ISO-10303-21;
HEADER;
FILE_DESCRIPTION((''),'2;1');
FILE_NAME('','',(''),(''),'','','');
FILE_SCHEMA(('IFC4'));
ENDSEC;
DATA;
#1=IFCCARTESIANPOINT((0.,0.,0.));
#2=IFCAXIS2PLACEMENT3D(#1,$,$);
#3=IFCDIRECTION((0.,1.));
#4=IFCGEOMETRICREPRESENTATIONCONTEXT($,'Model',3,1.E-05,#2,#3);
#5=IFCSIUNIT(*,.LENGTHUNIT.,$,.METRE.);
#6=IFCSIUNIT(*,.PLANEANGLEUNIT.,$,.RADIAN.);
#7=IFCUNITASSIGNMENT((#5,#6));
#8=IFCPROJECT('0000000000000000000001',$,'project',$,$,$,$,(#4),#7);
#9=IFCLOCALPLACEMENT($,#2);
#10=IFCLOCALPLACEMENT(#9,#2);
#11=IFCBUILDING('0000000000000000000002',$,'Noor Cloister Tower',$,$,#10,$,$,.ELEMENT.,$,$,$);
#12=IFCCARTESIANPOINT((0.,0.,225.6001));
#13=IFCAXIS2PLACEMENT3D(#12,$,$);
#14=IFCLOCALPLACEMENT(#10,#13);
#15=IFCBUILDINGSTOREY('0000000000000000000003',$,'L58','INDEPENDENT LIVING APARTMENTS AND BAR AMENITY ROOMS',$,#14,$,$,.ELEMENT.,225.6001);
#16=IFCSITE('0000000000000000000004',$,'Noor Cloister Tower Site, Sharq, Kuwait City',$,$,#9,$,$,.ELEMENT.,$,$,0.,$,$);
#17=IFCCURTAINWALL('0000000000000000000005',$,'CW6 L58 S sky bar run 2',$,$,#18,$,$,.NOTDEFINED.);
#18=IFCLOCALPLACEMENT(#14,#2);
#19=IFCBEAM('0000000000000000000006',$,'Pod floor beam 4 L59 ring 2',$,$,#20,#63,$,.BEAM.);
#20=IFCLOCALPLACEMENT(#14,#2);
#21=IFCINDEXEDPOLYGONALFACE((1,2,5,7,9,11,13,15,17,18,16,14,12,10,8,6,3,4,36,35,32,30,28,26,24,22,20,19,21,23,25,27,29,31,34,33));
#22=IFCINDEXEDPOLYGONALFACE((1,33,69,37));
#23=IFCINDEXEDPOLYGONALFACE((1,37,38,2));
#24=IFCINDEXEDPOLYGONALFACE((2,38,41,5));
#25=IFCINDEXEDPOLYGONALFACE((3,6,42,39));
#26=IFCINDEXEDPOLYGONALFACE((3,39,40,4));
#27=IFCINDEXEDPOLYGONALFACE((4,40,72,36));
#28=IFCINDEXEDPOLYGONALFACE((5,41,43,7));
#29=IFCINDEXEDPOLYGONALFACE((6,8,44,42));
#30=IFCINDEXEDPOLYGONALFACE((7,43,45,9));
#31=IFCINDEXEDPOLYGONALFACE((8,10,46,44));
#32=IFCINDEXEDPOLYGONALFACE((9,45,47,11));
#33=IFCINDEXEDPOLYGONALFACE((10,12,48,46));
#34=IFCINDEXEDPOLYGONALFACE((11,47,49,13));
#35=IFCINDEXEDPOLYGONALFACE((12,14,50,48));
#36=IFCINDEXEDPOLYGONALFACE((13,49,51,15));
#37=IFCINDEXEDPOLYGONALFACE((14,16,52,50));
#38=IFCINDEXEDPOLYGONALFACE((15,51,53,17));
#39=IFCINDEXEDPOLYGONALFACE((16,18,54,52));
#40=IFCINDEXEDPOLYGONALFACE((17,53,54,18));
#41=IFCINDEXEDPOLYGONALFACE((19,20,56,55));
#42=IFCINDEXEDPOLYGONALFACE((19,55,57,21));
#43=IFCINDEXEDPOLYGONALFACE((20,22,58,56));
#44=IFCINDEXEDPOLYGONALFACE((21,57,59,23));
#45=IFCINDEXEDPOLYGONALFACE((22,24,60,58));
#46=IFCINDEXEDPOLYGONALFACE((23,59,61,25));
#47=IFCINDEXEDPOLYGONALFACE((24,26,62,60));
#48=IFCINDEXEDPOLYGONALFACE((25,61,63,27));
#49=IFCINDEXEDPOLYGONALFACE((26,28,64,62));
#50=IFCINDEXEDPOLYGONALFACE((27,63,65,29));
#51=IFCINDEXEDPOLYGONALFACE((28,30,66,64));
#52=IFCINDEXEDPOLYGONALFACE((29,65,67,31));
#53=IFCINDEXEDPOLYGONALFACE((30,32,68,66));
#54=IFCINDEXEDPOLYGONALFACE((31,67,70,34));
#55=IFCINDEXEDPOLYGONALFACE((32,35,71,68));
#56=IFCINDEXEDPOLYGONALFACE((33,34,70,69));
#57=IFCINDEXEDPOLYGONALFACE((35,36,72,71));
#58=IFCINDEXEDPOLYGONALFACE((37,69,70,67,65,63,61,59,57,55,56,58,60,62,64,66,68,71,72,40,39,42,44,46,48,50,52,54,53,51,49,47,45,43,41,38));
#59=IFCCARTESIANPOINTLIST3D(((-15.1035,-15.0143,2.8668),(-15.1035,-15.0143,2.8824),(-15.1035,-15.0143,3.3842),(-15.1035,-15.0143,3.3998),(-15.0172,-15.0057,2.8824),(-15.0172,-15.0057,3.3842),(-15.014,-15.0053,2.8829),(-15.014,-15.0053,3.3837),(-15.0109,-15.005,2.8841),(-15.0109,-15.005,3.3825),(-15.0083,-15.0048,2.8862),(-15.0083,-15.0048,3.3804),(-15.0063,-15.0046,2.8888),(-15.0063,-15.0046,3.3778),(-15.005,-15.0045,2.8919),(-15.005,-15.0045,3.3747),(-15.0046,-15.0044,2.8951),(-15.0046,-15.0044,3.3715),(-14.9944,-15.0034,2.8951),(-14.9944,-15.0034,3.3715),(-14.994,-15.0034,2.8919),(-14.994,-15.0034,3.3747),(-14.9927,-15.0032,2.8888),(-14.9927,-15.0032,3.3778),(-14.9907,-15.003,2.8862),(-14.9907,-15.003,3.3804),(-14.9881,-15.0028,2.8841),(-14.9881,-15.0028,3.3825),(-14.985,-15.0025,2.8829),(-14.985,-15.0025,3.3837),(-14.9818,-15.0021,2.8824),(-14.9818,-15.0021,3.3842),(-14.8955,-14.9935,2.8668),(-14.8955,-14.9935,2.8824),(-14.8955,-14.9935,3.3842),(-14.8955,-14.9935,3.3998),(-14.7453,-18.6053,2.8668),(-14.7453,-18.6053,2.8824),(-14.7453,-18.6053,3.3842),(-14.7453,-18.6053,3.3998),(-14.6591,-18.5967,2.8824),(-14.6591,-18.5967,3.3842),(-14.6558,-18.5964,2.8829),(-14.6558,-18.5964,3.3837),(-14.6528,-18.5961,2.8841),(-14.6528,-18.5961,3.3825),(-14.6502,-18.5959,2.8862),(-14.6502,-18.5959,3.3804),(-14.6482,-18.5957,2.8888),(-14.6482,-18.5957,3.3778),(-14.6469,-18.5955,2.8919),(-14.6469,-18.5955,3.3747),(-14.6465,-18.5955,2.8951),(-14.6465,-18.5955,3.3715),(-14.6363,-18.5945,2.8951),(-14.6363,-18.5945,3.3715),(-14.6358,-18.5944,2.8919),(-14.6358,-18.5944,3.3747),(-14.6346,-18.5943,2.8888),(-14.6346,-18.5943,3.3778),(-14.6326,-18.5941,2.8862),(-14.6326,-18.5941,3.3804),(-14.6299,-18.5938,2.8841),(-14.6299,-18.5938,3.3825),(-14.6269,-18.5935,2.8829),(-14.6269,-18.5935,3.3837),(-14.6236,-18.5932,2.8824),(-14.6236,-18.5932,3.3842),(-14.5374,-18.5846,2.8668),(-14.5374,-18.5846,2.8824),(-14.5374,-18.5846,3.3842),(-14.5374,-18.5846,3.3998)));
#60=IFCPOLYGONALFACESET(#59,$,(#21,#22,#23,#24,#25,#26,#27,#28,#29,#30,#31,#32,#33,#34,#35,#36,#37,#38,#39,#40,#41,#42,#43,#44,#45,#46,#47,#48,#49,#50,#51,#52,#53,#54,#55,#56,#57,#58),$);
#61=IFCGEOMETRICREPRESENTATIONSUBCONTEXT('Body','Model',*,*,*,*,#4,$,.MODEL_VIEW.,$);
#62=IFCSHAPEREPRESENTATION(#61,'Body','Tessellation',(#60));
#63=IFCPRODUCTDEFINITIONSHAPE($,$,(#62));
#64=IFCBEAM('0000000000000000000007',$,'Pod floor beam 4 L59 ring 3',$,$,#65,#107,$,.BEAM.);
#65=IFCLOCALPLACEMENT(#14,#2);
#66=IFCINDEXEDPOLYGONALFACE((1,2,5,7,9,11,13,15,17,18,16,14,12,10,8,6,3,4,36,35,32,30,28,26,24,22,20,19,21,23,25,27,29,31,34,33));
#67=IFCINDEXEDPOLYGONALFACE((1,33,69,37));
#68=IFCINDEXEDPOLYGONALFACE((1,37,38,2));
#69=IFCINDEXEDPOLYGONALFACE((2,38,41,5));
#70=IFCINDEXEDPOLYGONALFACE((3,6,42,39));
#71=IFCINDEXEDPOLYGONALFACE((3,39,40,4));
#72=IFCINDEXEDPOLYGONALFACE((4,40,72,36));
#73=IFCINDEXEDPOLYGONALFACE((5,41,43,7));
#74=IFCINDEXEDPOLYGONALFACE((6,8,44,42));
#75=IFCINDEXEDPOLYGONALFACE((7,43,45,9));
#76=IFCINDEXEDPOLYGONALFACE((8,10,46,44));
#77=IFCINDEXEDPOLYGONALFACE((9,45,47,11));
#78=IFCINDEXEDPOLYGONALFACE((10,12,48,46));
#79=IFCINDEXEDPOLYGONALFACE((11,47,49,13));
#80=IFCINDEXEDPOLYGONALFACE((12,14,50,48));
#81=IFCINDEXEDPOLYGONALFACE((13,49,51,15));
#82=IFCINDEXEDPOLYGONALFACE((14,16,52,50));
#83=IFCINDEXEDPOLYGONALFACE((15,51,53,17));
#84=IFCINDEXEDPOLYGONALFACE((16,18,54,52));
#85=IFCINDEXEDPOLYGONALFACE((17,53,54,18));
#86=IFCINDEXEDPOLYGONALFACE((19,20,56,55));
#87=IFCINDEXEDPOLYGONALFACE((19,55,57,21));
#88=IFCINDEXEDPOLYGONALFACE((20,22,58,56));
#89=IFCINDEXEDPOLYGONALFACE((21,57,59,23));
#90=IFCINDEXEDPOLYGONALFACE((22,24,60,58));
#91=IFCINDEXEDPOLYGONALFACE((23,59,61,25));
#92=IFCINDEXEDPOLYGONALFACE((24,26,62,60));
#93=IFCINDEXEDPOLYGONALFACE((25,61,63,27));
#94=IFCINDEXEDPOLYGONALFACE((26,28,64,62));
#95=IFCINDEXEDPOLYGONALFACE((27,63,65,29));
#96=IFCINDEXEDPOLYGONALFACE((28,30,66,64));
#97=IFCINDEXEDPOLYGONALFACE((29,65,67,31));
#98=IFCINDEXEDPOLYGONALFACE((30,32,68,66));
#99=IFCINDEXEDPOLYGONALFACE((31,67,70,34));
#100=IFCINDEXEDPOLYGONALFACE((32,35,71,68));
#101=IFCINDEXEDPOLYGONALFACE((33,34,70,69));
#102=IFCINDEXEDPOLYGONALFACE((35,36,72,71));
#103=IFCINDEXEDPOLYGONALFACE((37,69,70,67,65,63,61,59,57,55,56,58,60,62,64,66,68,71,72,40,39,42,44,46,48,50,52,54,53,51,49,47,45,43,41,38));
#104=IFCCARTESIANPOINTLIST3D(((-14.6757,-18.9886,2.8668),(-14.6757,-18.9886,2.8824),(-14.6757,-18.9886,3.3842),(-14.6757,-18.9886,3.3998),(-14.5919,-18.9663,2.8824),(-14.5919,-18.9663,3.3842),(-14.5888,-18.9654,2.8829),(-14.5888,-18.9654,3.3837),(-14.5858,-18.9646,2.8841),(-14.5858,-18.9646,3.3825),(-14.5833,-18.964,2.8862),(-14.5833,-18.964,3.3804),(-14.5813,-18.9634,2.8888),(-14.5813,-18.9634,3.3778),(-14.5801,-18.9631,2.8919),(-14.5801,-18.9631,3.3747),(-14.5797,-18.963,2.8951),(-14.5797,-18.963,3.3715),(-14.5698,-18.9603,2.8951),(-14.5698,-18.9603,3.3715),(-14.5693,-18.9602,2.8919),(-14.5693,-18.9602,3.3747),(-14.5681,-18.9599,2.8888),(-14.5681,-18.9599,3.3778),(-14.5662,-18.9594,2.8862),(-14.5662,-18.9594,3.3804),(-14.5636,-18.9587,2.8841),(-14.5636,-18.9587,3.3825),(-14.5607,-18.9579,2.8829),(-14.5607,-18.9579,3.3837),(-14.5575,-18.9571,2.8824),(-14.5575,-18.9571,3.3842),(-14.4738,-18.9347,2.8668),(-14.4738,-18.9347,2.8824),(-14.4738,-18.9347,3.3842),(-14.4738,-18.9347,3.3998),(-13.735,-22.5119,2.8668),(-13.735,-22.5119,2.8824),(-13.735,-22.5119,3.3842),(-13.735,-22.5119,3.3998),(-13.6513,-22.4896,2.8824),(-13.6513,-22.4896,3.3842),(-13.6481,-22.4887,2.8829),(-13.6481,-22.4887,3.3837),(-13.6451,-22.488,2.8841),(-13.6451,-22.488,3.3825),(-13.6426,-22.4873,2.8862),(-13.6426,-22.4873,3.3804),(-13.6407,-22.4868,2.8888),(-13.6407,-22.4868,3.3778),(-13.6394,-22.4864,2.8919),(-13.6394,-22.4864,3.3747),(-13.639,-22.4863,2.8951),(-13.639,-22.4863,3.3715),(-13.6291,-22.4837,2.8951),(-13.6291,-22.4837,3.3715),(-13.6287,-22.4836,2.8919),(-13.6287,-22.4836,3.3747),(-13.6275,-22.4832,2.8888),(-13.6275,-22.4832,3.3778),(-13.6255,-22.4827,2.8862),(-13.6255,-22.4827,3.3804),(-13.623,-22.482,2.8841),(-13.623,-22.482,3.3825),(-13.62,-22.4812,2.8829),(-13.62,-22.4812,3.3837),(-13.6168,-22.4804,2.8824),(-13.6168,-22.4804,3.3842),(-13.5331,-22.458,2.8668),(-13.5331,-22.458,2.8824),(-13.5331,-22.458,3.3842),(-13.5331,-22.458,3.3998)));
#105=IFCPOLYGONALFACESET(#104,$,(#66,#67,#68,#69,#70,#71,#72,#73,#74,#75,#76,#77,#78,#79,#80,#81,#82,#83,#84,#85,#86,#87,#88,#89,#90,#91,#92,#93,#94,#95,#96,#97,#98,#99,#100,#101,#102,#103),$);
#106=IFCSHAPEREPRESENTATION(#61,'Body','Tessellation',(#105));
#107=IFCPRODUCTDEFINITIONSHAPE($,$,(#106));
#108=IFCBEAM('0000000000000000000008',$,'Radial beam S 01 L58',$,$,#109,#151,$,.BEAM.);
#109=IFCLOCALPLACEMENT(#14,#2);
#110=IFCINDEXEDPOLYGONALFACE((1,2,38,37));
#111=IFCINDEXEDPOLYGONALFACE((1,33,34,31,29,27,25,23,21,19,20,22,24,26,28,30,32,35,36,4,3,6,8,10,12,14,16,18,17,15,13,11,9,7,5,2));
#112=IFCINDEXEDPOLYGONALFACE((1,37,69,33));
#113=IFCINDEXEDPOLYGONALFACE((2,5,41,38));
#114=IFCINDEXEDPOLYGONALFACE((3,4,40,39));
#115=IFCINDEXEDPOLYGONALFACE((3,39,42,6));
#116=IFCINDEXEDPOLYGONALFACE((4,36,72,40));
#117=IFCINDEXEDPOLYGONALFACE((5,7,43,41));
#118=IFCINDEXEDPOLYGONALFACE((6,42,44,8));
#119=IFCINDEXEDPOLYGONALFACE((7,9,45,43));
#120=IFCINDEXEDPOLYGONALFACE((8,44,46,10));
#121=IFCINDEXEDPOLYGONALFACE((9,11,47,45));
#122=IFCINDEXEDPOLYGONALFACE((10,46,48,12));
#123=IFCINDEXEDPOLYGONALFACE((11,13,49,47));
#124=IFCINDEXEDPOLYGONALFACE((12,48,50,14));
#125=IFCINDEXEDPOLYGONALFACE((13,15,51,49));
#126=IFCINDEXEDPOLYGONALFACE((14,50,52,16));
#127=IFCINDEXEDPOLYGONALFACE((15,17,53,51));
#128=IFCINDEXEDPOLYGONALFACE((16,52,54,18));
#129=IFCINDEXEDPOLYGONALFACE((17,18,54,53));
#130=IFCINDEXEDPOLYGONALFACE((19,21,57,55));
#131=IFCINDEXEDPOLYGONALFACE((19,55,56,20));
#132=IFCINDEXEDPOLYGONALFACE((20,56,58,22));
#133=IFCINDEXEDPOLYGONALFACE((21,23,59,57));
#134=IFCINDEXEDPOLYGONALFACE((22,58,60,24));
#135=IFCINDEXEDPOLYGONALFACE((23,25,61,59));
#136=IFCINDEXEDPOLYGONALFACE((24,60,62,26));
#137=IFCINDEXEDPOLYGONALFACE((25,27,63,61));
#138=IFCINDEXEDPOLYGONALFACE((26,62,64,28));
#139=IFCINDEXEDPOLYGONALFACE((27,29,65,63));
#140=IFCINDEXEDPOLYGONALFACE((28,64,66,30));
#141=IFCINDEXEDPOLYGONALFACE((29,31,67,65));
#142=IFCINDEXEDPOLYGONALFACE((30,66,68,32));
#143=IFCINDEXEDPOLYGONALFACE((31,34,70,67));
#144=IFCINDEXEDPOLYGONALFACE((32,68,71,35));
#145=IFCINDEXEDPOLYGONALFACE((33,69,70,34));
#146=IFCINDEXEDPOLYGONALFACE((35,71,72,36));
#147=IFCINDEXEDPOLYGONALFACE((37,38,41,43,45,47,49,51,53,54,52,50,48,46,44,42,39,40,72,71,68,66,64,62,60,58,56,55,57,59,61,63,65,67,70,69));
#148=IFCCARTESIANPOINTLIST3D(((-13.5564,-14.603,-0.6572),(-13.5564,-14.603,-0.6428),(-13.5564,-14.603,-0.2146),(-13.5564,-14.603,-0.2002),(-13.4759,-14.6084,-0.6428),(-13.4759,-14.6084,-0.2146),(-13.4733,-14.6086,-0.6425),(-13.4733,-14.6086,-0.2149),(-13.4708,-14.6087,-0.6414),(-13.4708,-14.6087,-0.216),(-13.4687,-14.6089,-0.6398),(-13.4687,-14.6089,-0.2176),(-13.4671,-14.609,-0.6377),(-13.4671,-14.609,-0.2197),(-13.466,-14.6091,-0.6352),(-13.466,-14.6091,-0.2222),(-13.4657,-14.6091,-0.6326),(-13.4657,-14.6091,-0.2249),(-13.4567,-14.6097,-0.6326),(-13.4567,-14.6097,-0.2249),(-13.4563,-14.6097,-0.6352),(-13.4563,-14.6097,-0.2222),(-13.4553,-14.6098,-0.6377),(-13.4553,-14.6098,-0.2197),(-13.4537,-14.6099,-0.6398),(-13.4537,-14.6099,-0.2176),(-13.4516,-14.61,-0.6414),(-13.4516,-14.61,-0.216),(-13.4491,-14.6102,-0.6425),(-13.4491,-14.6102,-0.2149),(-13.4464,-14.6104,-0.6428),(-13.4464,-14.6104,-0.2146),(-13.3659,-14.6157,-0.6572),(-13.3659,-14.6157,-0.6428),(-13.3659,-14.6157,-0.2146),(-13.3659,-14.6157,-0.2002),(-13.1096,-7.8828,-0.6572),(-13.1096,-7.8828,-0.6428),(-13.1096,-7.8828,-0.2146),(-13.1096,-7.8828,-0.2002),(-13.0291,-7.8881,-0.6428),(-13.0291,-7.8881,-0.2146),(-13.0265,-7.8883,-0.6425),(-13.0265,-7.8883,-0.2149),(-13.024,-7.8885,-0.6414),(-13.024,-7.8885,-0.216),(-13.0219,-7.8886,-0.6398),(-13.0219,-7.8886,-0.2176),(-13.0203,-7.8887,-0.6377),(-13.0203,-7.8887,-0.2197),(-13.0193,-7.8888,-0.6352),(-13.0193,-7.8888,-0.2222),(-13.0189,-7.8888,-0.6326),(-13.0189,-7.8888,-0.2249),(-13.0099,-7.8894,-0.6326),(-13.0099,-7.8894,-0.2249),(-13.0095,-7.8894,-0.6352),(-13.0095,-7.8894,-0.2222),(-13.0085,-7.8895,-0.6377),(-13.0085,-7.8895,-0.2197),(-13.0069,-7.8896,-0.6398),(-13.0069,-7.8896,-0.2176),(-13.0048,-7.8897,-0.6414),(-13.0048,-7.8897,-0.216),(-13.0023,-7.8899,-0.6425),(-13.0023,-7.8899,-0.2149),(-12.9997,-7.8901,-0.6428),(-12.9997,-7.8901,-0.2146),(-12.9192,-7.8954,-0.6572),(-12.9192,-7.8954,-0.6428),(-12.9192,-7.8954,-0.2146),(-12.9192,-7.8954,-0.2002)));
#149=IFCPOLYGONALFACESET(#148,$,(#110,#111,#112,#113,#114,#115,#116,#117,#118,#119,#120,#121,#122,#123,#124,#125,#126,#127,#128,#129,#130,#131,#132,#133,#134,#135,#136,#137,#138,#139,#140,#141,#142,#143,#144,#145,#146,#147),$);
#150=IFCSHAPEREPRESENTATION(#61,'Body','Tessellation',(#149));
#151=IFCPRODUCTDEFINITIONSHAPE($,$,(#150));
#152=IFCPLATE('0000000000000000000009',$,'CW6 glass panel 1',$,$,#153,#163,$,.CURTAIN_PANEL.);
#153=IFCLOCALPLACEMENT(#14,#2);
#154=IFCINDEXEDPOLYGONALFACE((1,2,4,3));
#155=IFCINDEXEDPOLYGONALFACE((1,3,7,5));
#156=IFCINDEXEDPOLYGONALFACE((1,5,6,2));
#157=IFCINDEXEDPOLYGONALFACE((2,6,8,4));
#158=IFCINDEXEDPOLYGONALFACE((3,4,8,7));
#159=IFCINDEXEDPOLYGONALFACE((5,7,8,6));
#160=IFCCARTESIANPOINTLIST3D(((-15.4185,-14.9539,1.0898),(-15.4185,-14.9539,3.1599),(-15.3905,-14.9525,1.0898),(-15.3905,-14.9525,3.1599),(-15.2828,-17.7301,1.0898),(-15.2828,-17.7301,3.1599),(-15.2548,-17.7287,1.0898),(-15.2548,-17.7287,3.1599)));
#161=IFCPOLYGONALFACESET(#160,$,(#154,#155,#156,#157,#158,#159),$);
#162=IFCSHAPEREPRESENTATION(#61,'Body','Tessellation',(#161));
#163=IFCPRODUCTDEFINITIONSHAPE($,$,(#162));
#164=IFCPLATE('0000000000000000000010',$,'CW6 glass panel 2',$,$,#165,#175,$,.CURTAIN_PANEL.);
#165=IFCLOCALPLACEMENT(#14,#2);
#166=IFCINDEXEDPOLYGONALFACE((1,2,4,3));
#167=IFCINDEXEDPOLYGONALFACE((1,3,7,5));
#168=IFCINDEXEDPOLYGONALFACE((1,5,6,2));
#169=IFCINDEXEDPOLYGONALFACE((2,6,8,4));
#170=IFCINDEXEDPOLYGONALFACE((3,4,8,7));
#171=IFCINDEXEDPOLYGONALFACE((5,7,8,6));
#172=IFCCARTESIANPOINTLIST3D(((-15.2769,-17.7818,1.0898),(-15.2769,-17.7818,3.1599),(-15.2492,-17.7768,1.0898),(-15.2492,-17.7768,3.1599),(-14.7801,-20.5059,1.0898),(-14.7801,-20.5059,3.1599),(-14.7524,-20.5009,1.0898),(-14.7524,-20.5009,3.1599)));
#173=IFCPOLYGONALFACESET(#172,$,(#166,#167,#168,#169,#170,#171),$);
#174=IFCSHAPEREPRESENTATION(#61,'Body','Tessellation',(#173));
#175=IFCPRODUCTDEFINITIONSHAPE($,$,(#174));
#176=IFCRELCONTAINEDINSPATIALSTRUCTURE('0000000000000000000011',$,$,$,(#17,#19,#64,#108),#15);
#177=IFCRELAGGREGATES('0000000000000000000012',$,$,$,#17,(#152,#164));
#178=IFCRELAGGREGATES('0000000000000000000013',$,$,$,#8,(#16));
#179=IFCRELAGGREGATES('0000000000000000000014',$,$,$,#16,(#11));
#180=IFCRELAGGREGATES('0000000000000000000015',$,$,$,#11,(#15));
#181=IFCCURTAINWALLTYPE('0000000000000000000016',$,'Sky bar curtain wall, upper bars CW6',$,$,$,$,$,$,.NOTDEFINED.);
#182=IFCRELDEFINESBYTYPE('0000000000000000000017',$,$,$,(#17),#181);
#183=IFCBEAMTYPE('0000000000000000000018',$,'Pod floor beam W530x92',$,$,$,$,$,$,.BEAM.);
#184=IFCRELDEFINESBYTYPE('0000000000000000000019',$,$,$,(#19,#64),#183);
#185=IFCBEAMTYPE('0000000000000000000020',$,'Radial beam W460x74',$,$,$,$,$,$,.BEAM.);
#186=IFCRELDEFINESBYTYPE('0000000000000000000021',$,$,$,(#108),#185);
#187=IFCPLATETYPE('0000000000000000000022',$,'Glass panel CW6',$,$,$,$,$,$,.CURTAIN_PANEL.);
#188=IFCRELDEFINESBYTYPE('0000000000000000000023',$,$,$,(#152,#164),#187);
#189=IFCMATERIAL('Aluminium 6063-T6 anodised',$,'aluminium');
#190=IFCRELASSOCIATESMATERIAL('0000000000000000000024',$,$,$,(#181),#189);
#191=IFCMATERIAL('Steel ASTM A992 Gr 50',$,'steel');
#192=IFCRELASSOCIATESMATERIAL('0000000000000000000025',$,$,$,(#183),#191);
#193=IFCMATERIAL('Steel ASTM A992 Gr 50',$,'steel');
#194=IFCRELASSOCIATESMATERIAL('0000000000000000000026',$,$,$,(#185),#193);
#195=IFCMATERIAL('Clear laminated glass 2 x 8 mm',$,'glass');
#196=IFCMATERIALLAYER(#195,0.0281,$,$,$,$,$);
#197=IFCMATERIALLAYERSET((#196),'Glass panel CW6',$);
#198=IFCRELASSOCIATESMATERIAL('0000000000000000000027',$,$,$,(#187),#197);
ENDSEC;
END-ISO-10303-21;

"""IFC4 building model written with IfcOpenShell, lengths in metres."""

from ifc_helpers import new_model, si_unit, direction, frame, origin, origin_2d, place, context, subcontext, project, spatial, rectangle, i_section, extrude, material, layer, layer_set, material_profile, profile_set, type_object, element, aggregate, save


model = new_model("IFC4")

# Units and contexts
model_context = context("Model", 3, precision=1e-05, world=origin(), true_north=direction((0.0, 1.0)))
body_context = subcontext(model_context, "Body", "Model", "MODEL_VIEW")
ifc_project = project(units=[si_unit("LENGTHUNIT", "METRE"), si_unit("PLANEANGLEUNIT", "RADIAN")], contexts=[model_context])

# Site, building, storey
site_placement = place(None, origin())
site = spatial("IfcSite", under=ifc_project, at=site_placement, Name="Noor Cloister Tower Site, Sharq, Kuwait City", CompositionType="ELEMENT", RefElevation=0.0)
building_placement = place(site_placement, origin())
building = spatial("IfcBuilding", under=site, at=building_placement, Name="Noor Cloister Tower", CompositionType="ELEMENT")
storey_placement = place(building_placement, frame((0.0, 0.0, 225.6001)))
storey = spatial("IfcBuildingStorey", under=building, at=storey_placement, Name="L58", Description="INDEPENDENT LIVING APARTMENTS AND BAR AMENITY ROOMS", CompositionType="ELEMENT", Elevation=225.6001)

# Curtain wall
ifc_material_1 = material(Name="Aluminium 6063-T6 anodised", Category="aluminium")
curtain_wall_type = type_object("IfcCurtainWallType", Name="Sky bar curtain wall, upper bars CW6", PredefinedType="NOTDEFINED", material=ifc_material_1)
curtain_wall_placement = place(storey_placement, origin())
curtain_wall = element("IfcCurtainWall", 1, at=curtain_wall_placement, inside=storey, type_object=curtain_wall_type, Name="CW6 L58 S sky bar run 2", PredefinedType="NOTDEFINED")

# Beams
ifc_material_2 = material(Name="Steel ASTM A992 Gr 50", Category="steel")
ifc_material_profile_1 = material_profile(ifc_material_2, i_section(OverallWidth=0.209, OverallDepth=0.533, WebThickness=0.0103, FlangeThickness=0.0156, FilletRadius=0.0127, at=origin_2d()), Name="W530x92")
ifc_profile_set_1 = profile_set([ifc_material_profile_1], Name="Steel ASTM A992 Gr 50")
beam_type_1 = type_object("IfcBeamType", Name="Pod floor beam W530x92", PredefinedType="BEAM", material=ifc_profile_set_1)
beam_1_placement = place(storey_placement, frame((-14.9995, -15.0039, 3.1333), z_axis=(0.099242, -0.995063, 0.0), x_axis=(0.995063, 0.099242, 0.0)))
element("IfcBeam", 2, at=beam_1_placement, inside=storey, type_object=beam_type_1, Name="Pod floor beam 4 L59 ring 2", PredefinedType="BEAM", context=body_context, shape_type="SweptSolid", body=[
    extrude(i_section(OverallWidth=0.209, OverallDepth=0.533, WebThickness=0.0103, FlangeThickness=0.0156, FilletRadius=0.0127, at=origin_2d()), origin(), (0.0, 0.0, 1.0), 3.6089),
])
beam_2_placement = place(storey_placement, frame((-14.5747, -18.9617, 3.1333), z_axis=(0.257942, -0.96616, 0.0), x_axis=(0.96616, 0.257942, 0.0)))
element("IfcBeam", 3, at=beam_2_placement, inside=storey, type_object=beam_type_1, Name="Pod floor beam 4 L59 ring 3", PredefinedType="BEAM", context=body_context, shape_type="SweptSolid", body=[
    extrude(i_section(OverallWidth=0.209, OverallDepth=0.533, WebThickness=0.0103, FlangeThickness=0.0156, FilletRadius=0.0127, at=origin_2d()), origin(), (0.0, 0.0, 1.0), 3.6467),
])
ifc_material_3 = material(Name="Steel ASTM A992 Gr 50", Category="steel")
ifc_material_profile_2 = material_profile(ifc_material_3, i_section(OverallWidth=0.1909, OverallDepth=0.457, WebThickness=0.009, FlangeThickness=0.0144, FilletRadius=0.0103, at=origin_2d()), Name="W460x74")
ifc_profile_set_2 = profile_set([ifc_material_profile_2], Name="Steel ASTM A992 Gr 50")
beam_type_2 = type_object("IfcBeamType", Name="Radial beam W460x74", PredefinedType="BEAM", material=ifc_profile_set_2)
beam_3_placement = place(storey_placement, frame((-13.4612, -14.6094, -0.4287), z_axis=(0.066336, 0.997797, 0.0), x_axis=(-0.997797, 0.066336, 0.0)))
element("IfcBeam", 4, at=beam_3_placement, inside=storey, type_object=beam_type_2, Name="Radial beam S 01 L58", PredefinedType="BEAM", context=body_context, shape_type="SweptSolid", body=[
    extrude(i_section(OverallWidth=0.1909, OverallDepth=0.457, WebThickness=0.009, FlangeThickness=0.0144, FilletRadius=0.0103, at=origin_2d()), origin(), (0.0, 0.0, 1.0), 6.7351),
])

# Plates
ifc_material_4 = material(Name="Clear laminated glass 2 x 8 mm", Category="glass")
ifc_layer_1 = layer(ifc_material_4, 0.0281)
ifc_layer_set_1 = layer_set([ifc_layer_1], Name="Glass panel CW6")
plate_type = type_object("IfcPlateType", Name="Glass panel CW6", PredefinedType="CURTAIN_PANEL", material=ifc_layer_set_1)
plate_1_placement = place(storey_placement, frame((-15.3367, -16.3413, 1.0898), z_axis=(0.0, 0.0, 1.0), x_axis=(0.048823, -0.998807, 0.0)))
plate_1 = element("IfcPlate", 5, at=plate_1_placement, type_object=plate_type, Name="CW6 glass panel 1", PredefinedType="CURTAIN_PANEL", context=body_context, shape_type="SweptSolid", body=[
    extrude(rectangle(XDim=2.7795, YDim=0.0281, at=origin_2d()), origin(), (0.0, 0.0, 1.0), 2.0701),
])
plate_2_placement = place(storey_placement, frame((-15.0146, -19.1414, 1.0898), z_axis=(0.0, 0.0, 1.0), x_axis=(0.17941, -0.983774, 0.0)))
plate_2 = element("IfcPlate", 6, at=plate_2_placement, type_object=plate_type, Name="CW6 glass panel 2", PredefinedType="CURTAIN_PANEL", context=body_context, shape_type="SweptSolid", body=[
    extrude(rectangle(XDim=2.769, YDim=0.0281, at=origin_2d()), origin(), (0.0, 0.0, 1.0), 2.0701),
])
aggregate(curtain_wall, [plate_1, plate_2])

save(model, "model.ifc")
